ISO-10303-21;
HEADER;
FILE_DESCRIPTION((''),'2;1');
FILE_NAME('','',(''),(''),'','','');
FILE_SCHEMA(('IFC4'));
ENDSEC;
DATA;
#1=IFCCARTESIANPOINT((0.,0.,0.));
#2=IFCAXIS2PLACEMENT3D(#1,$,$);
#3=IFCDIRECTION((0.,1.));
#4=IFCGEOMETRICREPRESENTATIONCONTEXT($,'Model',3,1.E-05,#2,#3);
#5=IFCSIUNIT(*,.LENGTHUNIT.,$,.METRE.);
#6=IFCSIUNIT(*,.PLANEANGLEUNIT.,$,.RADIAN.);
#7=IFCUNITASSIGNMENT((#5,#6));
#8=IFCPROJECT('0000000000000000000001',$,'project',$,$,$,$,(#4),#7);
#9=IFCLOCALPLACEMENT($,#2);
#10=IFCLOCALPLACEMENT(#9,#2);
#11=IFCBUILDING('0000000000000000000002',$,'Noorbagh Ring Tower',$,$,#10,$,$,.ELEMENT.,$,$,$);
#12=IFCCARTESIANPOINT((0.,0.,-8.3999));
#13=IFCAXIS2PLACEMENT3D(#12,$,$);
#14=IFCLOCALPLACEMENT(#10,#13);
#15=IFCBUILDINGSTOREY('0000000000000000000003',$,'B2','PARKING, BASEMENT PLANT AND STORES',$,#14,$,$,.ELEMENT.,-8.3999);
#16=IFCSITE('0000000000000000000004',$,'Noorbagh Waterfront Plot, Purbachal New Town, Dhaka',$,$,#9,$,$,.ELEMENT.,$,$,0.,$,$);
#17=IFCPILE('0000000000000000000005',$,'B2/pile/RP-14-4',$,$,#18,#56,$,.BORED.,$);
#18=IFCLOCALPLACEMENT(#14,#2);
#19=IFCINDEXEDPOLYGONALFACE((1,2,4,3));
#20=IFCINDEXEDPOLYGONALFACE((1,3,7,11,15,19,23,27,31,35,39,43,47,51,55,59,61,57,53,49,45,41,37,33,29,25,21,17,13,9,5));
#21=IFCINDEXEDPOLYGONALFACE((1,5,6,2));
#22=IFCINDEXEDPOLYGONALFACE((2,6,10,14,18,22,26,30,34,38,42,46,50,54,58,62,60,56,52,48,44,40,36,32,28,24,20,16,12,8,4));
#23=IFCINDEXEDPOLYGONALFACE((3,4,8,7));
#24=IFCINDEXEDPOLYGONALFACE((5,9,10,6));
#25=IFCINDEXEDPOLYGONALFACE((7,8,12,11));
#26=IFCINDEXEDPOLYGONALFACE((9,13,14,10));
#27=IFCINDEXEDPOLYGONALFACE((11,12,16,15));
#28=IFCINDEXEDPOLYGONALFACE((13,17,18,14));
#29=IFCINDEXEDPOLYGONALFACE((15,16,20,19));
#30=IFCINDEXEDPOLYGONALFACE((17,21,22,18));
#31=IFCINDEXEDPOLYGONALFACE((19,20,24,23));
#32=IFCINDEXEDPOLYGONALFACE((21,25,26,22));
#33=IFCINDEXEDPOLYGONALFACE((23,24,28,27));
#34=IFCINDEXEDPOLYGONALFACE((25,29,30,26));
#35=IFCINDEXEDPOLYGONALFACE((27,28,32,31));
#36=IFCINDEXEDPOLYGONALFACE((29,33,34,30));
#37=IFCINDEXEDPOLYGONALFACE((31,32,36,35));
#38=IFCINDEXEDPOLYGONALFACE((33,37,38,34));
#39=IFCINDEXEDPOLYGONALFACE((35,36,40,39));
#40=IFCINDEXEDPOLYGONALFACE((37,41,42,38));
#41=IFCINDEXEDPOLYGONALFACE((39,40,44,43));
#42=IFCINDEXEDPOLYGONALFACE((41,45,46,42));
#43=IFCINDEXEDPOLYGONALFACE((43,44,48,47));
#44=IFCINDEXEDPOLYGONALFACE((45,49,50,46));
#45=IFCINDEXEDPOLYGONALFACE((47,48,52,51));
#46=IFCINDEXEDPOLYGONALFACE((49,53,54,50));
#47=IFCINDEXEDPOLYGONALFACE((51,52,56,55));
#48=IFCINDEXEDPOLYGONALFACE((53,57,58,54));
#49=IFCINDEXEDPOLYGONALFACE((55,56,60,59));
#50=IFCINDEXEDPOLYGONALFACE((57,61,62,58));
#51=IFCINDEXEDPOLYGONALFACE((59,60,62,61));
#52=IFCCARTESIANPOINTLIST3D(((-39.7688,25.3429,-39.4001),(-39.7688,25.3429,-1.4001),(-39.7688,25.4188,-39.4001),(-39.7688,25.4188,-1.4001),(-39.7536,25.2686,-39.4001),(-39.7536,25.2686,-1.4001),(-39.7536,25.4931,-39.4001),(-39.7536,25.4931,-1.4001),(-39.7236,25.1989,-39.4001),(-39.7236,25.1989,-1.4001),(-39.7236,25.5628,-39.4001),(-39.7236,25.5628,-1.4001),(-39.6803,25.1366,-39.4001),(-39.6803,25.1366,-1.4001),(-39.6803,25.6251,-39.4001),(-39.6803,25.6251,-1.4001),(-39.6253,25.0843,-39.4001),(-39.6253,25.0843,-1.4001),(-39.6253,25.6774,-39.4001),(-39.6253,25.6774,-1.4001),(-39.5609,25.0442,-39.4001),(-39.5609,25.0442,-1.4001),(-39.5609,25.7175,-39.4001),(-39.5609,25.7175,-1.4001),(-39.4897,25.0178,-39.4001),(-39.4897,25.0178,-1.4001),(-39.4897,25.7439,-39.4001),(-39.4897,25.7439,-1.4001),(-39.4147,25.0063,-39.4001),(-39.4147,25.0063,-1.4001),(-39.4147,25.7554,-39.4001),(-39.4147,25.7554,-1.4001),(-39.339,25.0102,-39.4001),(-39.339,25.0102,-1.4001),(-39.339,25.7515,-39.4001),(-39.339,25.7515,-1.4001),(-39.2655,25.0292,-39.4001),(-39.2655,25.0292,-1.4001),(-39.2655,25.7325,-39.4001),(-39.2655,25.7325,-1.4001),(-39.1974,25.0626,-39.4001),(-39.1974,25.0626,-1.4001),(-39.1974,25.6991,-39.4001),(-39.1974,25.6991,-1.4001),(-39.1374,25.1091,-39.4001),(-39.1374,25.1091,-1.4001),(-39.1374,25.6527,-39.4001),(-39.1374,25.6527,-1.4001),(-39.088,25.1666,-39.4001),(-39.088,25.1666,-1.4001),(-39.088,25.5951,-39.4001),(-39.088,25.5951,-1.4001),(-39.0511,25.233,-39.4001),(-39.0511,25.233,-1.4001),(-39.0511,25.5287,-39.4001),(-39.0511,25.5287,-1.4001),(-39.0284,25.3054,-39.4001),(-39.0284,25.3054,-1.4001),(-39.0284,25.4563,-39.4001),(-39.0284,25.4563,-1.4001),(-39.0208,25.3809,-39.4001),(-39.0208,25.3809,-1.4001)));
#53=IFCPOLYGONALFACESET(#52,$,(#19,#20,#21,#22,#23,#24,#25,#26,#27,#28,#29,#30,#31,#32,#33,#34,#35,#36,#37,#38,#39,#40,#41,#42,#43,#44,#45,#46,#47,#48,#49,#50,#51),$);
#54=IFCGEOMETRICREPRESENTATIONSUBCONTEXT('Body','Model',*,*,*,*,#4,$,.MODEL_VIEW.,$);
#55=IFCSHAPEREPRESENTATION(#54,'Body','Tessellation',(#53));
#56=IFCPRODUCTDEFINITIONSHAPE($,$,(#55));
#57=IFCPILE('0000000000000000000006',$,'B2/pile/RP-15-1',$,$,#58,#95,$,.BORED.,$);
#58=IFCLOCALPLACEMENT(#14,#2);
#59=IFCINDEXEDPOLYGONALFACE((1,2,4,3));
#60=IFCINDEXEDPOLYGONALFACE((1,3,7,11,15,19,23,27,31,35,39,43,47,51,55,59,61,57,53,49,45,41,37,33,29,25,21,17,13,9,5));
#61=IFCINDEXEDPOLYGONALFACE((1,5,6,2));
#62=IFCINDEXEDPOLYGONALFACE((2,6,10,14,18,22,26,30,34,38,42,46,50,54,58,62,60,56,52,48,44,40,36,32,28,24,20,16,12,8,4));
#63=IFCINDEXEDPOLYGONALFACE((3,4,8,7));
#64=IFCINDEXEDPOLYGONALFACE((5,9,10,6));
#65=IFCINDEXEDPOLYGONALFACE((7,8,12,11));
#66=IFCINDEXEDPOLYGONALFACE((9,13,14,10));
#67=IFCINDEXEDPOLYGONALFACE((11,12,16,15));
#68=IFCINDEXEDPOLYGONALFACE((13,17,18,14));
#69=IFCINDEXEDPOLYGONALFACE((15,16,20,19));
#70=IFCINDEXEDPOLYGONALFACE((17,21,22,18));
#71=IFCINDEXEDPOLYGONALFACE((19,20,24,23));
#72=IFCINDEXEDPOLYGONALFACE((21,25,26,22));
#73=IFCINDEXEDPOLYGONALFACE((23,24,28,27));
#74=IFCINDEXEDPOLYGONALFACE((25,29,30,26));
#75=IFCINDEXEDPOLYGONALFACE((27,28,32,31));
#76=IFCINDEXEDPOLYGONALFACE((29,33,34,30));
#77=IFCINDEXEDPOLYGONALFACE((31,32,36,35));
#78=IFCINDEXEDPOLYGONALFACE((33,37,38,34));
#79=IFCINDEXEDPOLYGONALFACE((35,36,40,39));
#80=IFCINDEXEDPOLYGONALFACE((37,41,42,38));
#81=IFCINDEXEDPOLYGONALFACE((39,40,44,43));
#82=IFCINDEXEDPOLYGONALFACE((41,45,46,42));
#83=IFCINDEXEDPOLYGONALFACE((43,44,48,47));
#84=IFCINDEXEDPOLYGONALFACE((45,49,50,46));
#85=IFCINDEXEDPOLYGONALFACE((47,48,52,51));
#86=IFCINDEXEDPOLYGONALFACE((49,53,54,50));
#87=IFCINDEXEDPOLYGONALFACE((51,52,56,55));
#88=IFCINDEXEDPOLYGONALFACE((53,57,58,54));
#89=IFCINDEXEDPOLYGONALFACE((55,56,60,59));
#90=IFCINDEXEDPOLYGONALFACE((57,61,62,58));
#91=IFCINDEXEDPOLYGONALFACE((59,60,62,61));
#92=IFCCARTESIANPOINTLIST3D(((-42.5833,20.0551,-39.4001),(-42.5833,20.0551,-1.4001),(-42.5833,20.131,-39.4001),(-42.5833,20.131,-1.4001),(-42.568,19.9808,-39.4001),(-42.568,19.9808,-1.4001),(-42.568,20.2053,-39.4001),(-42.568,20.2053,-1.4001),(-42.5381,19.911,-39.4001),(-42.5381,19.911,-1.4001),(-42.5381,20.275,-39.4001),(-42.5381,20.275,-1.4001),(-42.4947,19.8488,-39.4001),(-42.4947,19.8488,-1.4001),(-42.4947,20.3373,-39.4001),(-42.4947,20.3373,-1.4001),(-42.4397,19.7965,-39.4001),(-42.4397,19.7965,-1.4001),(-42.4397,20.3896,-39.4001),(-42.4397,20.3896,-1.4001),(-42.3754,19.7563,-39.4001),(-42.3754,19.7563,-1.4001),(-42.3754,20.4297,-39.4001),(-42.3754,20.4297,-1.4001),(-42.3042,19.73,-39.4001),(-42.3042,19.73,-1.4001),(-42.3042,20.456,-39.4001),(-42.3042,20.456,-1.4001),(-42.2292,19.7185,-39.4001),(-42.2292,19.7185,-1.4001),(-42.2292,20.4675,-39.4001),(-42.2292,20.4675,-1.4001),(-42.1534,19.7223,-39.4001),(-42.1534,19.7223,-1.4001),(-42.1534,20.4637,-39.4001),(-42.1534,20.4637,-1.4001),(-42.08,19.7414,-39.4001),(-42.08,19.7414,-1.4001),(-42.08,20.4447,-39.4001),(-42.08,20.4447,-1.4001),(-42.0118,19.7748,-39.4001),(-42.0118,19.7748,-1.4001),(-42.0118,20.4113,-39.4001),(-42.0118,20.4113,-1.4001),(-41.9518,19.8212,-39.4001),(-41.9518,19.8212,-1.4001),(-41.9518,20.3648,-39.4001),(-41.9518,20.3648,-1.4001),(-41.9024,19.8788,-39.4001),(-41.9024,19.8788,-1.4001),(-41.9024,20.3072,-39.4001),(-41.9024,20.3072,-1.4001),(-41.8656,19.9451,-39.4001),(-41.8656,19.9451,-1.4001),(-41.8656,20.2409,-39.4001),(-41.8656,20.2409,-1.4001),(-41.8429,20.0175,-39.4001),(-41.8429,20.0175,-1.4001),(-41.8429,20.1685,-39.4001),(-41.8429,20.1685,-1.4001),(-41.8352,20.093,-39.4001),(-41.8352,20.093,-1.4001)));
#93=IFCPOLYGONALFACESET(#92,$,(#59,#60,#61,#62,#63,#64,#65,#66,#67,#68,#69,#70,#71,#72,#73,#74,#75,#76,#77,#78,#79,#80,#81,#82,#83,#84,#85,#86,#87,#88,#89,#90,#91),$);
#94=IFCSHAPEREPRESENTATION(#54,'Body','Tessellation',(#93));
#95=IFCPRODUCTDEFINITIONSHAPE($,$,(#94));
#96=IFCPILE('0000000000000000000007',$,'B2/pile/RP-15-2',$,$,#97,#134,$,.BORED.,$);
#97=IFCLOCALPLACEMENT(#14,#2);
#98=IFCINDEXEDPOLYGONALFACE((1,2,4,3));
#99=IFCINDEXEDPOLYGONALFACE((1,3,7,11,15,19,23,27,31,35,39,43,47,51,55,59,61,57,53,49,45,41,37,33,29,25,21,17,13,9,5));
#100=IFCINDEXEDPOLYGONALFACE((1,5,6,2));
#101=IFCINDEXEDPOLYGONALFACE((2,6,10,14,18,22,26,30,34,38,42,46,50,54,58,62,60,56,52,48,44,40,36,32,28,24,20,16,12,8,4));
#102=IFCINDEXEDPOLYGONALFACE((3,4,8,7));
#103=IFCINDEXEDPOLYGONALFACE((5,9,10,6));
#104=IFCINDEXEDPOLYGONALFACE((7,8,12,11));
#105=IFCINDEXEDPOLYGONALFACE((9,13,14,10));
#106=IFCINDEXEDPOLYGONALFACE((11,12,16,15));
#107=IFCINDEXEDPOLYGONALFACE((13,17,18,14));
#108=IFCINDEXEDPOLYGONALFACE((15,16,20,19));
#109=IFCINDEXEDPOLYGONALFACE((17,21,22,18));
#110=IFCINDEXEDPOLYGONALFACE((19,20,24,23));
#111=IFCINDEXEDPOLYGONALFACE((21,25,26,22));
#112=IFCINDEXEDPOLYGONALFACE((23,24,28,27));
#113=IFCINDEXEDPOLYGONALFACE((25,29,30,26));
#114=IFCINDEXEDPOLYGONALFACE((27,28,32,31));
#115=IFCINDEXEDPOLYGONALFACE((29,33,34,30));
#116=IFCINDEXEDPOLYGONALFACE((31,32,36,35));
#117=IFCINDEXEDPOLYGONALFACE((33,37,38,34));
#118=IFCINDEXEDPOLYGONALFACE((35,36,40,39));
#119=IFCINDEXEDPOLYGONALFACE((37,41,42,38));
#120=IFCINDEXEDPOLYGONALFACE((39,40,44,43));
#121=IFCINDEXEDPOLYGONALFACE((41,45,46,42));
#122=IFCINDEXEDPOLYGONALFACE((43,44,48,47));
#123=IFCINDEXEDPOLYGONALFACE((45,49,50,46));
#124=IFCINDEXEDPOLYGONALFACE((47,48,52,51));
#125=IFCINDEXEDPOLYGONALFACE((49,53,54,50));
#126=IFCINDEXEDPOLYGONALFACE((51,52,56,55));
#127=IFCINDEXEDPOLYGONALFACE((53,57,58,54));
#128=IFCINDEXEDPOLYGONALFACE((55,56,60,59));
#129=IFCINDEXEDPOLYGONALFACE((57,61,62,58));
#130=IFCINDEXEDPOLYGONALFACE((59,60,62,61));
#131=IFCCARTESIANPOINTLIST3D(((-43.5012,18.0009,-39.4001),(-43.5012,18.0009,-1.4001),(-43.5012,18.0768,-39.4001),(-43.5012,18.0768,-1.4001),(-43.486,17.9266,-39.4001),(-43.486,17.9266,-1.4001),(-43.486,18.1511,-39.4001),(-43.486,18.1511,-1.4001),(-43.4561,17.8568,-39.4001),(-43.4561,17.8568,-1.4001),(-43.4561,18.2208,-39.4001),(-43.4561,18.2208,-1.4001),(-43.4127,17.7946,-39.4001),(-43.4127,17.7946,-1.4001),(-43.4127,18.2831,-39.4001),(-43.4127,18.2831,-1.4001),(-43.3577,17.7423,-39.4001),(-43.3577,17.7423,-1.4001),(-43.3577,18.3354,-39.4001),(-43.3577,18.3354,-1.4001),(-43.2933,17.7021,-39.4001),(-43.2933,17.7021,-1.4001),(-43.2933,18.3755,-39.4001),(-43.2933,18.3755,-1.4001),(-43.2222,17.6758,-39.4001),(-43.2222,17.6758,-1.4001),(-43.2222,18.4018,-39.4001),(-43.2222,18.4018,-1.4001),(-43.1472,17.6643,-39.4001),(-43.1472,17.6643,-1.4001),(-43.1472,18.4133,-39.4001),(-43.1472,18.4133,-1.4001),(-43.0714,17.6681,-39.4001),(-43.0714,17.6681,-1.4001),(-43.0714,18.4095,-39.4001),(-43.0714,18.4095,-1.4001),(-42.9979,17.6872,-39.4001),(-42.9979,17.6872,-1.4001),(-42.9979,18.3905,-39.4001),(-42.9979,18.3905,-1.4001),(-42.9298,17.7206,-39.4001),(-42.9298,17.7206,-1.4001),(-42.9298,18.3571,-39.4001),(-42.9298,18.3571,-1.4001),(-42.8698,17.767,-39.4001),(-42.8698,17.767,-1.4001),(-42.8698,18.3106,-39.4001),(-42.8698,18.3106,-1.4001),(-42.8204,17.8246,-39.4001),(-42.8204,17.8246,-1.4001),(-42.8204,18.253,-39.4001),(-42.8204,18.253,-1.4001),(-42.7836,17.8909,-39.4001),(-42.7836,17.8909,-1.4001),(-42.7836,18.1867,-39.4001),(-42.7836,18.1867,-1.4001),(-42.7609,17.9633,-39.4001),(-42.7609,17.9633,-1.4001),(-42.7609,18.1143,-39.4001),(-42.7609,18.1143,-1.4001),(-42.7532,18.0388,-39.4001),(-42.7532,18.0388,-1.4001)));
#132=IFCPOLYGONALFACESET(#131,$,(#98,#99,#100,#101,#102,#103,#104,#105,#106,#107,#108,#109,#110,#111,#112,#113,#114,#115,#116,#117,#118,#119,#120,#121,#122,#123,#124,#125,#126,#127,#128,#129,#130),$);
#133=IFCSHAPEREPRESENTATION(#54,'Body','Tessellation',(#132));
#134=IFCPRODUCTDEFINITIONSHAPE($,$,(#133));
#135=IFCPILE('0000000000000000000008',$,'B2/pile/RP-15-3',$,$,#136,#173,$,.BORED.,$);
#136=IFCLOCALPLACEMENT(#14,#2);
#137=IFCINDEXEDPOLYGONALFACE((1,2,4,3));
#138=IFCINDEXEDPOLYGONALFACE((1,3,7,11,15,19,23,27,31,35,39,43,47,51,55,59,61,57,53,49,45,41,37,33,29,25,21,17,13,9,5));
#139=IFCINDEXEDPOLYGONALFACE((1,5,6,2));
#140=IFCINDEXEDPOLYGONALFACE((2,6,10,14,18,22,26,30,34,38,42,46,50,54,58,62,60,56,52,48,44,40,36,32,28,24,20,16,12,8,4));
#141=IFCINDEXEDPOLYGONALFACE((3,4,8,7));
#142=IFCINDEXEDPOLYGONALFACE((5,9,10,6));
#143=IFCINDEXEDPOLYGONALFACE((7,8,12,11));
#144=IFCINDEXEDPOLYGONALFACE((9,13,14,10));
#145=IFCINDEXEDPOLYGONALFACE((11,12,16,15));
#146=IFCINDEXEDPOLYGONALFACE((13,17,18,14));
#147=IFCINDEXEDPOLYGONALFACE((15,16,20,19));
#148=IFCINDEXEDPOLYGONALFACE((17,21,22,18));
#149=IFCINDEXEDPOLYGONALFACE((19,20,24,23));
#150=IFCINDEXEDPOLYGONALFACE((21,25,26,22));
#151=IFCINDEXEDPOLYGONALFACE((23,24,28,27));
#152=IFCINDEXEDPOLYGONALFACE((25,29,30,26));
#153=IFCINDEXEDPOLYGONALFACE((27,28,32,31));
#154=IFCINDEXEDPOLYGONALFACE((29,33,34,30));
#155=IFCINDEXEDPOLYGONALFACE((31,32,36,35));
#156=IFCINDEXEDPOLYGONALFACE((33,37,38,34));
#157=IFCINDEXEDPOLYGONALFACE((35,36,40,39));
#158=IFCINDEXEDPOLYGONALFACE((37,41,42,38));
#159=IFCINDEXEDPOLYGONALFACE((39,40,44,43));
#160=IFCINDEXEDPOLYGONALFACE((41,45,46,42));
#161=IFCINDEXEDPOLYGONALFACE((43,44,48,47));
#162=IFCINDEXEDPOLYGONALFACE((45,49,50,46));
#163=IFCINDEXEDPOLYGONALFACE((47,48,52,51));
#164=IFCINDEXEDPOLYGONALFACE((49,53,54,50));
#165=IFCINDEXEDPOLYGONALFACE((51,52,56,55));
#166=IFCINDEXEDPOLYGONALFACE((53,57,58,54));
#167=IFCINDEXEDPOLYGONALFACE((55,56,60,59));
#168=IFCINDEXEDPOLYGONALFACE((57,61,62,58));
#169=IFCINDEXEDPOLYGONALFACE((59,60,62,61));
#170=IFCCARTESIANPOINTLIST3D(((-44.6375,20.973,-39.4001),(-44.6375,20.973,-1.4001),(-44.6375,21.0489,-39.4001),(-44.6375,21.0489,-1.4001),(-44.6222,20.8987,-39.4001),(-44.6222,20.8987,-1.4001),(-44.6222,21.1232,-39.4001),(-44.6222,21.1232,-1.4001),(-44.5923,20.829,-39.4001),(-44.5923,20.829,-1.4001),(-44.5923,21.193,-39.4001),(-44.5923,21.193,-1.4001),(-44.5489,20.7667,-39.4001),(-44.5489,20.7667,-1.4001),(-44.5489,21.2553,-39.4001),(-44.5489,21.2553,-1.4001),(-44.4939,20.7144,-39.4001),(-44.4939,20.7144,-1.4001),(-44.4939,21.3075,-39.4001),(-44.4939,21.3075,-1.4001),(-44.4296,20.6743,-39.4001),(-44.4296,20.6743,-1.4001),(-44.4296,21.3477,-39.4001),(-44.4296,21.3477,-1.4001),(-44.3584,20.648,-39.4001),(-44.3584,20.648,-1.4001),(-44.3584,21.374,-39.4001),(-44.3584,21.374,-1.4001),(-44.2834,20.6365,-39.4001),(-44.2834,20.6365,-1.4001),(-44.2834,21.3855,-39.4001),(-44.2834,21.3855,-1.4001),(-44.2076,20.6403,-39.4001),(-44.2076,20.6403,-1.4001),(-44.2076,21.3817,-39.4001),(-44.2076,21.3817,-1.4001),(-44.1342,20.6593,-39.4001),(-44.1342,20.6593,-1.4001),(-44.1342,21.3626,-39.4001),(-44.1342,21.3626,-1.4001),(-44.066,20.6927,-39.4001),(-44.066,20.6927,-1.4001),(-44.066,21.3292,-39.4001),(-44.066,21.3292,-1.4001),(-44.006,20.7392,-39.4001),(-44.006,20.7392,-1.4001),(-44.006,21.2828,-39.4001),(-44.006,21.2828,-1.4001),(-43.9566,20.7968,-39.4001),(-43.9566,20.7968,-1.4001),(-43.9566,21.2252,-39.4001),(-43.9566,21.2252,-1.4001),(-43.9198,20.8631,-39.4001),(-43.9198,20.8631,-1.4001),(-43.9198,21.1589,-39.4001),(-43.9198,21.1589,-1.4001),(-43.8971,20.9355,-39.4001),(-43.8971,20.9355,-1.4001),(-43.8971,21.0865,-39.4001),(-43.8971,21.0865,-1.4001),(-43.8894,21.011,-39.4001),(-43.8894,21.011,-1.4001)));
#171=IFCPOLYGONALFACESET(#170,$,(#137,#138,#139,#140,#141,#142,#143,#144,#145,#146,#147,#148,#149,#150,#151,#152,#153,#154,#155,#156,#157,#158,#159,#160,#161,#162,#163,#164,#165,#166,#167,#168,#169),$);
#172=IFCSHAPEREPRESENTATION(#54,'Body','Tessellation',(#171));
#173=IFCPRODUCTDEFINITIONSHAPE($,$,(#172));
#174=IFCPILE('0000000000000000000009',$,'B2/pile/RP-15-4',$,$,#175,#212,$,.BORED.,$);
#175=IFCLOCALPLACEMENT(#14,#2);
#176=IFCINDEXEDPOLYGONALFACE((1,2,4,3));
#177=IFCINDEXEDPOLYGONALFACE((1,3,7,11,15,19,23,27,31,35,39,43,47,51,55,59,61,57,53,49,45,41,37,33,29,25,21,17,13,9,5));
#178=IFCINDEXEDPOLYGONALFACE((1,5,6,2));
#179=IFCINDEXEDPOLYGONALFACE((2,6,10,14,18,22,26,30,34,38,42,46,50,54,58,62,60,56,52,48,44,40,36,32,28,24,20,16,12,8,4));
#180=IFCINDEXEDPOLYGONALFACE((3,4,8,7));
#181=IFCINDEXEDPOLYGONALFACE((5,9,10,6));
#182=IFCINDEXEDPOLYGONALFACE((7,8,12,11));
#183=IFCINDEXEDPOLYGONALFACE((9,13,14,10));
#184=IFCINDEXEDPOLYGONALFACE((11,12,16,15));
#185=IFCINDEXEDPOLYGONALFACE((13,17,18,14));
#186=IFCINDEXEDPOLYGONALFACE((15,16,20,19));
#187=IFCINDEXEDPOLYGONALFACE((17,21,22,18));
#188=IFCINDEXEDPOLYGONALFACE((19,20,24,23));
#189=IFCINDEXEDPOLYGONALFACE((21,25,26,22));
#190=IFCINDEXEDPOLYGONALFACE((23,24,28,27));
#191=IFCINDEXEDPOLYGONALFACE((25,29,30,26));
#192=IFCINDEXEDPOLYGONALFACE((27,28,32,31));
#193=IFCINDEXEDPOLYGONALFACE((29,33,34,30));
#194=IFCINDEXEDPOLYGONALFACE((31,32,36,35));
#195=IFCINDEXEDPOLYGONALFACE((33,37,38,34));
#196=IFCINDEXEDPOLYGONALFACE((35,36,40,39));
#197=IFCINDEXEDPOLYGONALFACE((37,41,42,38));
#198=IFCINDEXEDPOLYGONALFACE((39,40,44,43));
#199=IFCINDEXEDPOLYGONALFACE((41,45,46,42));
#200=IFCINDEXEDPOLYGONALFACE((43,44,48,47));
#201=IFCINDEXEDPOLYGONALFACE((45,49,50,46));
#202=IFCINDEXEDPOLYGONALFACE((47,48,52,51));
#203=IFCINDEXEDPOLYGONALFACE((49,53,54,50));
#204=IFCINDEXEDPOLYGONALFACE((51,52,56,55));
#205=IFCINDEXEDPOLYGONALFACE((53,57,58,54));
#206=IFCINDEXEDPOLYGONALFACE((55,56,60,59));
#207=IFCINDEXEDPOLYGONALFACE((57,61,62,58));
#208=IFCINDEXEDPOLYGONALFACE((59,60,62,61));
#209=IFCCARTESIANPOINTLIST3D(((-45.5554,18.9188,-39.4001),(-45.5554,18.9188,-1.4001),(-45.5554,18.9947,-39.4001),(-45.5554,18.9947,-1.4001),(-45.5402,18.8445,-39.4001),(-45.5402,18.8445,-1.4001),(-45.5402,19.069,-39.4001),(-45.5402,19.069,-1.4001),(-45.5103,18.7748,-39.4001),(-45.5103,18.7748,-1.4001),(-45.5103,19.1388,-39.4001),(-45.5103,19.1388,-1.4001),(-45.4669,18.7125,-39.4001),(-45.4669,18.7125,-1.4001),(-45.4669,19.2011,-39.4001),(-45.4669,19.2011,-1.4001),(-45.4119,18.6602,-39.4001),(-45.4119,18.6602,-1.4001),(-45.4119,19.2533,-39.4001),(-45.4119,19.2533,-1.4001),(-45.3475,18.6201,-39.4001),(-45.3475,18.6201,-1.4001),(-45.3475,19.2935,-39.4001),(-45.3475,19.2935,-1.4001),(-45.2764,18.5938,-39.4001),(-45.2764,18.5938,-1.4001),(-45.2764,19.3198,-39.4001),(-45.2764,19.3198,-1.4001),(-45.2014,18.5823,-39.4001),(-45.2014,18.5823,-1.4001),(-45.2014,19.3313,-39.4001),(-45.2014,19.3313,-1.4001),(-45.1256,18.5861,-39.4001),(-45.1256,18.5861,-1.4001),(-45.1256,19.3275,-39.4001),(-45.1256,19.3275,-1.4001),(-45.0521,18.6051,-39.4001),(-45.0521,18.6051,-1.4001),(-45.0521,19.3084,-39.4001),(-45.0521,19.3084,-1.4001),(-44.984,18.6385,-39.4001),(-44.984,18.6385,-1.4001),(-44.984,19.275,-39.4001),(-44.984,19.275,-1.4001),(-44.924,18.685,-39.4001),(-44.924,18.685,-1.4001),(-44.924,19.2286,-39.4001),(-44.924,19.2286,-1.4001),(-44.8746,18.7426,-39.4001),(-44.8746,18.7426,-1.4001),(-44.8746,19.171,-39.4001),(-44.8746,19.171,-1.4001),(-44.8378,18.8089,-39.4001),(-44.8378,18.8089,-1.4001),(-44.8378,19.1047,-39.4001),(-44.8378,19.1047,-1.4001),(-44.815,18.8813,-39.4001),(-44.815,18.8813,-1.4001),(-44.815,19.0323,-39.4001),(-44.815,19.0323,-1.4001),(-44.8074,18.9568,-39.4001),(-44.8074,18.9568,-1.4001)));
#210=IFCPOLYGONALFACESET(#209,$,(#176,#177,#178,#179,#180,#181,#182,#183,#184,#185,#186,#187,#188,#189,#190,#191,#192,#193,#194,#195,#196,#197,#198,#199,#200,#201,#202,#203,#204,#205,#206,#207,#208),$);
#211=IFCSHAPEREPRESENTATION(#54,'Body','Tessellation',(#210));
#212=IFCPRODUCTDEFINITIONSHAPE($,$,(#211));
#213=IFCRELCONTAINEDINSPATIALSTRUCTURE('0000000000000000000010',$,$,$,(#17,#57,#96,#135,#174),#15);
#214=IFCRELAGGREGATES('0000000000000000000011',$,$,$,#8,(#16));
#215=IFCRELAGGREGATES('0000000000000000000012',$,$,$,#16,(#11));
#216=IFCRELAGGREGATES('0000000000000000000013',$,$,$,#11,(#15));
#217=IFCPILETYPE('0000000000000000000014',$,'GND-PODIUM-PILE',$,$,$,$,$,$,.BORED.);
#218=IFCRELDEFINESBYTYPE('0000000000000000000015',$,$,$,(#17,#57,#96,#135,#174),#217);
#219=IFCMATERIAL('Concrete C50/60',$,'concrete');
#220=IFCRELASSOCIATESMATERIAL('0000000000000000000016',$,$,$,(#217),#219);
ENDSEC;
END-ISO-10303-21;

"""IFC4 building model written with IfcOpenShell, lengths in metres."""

from ifc_helpers import new_model, si_unit, direction, frame, origin, origin_2d, place, context, subcontext, project, spatial, circle, extrude, material, material_profile, profile_set, type_object, element, save


model = new_model("IFC4")

# Units and contexts
model_context = context("Model", 3, precision=1e-05, world=origin(), true_north=direction((0.0, 1.0)))
body_context = subcontext(model_context, "Body", "Model", "MODEL_VIEW")
ifc_project = project(units=[si_unit("LENGTHUNIT", "METRE"), si_unit("PLANEANGLEUNIT", "RADIAN")], contexts=[model_context])

# Site, building, storey
site_placement = place(None, origin())
site = spatial("IfcSite", under=ifc_project, at=site_placement, Name="Noorbagh Waterfront Plot, Purbachal New Town, Dhaka", CompositionType="ELEMENT", RefElevation=0.0)
building_placement = place(site_placement, origin())
building = spatial("IfcBuilding", under=site, at=building_placement, Name="Noorbagh Ring Tower", CompositionType="ELEMENT")
storey_placement = place(building_placement, frame((0.0, 0.0, -8.3999)))
storey = spatial("IfcBuildingStorey", under=building, at=storey_placement, Name="B2", Description="PARKING, BASEMENT PLANT AND STORES", CompositionType="ELEMENT", Elevation=-8.3999)

# Piles
ifc_material_1 = material(Name="Concrete C50/60", Category="concrete")
ifc_material_profile_1 = material_profile(ifc_material_1, circle(Radius=0.375, at=origin_2d()), Name="PILE750")
ifc_profile_set_1 = profile_set([ifc_material_profile_1], Name="Concrete C50/60")
pile_type = type_object("IfcPileType", Name="GND-PODIUM-PILE", PredefinedType="BORED", material=ifc_profile_set_1)
for number, where, z_axis, x_axis, name in (
    (1, (-39.3958, 25.3809, -1.4001), (0.0, 0.0, -1.0), (1.0, 0.0, 0.0), "B2/pile/RP-14-4"),
    (2, (-42.2102, 20.093, -1.4001), (0.0, 0.0, -1.0), (1.0, 0.0, 0.0), "B2/pile/RP-15-1"),
    (3, (-43.1282, 18.0388, -1.4001), (0.0, 0.0, -1.0), (1.0, 0.0, 0.0), "B2/pile/RP-15-2"),
    (4, (-44.2644, 21.011, -1.4001), (0.0, 0.0, -1.0), (1.0, 0.0, 0.0), "B2/pile/RP-15-3"),
    (5, (-45.1824, 18.9568, -1.4001), (0.0, 0.0, -1.0), (1.0, 0.0, 0.0), "B2/pile/RP-15-4"),
):
    element("IfcPile", number, at=place(storey_placement, frame(where, z_axis=z_axis, x_axis=x_axis)), inside=storey, type_object=pile_type, Name=name, PredefinedType="BORED", context=body_context, shape_type="SweptSolid", body=[
        extrude(circle(Radius=0.375, at=origin_2d()), origin(), (0.0, 0.0, 1.0), 38.0),
    ])

save(model, "model.ifc")
